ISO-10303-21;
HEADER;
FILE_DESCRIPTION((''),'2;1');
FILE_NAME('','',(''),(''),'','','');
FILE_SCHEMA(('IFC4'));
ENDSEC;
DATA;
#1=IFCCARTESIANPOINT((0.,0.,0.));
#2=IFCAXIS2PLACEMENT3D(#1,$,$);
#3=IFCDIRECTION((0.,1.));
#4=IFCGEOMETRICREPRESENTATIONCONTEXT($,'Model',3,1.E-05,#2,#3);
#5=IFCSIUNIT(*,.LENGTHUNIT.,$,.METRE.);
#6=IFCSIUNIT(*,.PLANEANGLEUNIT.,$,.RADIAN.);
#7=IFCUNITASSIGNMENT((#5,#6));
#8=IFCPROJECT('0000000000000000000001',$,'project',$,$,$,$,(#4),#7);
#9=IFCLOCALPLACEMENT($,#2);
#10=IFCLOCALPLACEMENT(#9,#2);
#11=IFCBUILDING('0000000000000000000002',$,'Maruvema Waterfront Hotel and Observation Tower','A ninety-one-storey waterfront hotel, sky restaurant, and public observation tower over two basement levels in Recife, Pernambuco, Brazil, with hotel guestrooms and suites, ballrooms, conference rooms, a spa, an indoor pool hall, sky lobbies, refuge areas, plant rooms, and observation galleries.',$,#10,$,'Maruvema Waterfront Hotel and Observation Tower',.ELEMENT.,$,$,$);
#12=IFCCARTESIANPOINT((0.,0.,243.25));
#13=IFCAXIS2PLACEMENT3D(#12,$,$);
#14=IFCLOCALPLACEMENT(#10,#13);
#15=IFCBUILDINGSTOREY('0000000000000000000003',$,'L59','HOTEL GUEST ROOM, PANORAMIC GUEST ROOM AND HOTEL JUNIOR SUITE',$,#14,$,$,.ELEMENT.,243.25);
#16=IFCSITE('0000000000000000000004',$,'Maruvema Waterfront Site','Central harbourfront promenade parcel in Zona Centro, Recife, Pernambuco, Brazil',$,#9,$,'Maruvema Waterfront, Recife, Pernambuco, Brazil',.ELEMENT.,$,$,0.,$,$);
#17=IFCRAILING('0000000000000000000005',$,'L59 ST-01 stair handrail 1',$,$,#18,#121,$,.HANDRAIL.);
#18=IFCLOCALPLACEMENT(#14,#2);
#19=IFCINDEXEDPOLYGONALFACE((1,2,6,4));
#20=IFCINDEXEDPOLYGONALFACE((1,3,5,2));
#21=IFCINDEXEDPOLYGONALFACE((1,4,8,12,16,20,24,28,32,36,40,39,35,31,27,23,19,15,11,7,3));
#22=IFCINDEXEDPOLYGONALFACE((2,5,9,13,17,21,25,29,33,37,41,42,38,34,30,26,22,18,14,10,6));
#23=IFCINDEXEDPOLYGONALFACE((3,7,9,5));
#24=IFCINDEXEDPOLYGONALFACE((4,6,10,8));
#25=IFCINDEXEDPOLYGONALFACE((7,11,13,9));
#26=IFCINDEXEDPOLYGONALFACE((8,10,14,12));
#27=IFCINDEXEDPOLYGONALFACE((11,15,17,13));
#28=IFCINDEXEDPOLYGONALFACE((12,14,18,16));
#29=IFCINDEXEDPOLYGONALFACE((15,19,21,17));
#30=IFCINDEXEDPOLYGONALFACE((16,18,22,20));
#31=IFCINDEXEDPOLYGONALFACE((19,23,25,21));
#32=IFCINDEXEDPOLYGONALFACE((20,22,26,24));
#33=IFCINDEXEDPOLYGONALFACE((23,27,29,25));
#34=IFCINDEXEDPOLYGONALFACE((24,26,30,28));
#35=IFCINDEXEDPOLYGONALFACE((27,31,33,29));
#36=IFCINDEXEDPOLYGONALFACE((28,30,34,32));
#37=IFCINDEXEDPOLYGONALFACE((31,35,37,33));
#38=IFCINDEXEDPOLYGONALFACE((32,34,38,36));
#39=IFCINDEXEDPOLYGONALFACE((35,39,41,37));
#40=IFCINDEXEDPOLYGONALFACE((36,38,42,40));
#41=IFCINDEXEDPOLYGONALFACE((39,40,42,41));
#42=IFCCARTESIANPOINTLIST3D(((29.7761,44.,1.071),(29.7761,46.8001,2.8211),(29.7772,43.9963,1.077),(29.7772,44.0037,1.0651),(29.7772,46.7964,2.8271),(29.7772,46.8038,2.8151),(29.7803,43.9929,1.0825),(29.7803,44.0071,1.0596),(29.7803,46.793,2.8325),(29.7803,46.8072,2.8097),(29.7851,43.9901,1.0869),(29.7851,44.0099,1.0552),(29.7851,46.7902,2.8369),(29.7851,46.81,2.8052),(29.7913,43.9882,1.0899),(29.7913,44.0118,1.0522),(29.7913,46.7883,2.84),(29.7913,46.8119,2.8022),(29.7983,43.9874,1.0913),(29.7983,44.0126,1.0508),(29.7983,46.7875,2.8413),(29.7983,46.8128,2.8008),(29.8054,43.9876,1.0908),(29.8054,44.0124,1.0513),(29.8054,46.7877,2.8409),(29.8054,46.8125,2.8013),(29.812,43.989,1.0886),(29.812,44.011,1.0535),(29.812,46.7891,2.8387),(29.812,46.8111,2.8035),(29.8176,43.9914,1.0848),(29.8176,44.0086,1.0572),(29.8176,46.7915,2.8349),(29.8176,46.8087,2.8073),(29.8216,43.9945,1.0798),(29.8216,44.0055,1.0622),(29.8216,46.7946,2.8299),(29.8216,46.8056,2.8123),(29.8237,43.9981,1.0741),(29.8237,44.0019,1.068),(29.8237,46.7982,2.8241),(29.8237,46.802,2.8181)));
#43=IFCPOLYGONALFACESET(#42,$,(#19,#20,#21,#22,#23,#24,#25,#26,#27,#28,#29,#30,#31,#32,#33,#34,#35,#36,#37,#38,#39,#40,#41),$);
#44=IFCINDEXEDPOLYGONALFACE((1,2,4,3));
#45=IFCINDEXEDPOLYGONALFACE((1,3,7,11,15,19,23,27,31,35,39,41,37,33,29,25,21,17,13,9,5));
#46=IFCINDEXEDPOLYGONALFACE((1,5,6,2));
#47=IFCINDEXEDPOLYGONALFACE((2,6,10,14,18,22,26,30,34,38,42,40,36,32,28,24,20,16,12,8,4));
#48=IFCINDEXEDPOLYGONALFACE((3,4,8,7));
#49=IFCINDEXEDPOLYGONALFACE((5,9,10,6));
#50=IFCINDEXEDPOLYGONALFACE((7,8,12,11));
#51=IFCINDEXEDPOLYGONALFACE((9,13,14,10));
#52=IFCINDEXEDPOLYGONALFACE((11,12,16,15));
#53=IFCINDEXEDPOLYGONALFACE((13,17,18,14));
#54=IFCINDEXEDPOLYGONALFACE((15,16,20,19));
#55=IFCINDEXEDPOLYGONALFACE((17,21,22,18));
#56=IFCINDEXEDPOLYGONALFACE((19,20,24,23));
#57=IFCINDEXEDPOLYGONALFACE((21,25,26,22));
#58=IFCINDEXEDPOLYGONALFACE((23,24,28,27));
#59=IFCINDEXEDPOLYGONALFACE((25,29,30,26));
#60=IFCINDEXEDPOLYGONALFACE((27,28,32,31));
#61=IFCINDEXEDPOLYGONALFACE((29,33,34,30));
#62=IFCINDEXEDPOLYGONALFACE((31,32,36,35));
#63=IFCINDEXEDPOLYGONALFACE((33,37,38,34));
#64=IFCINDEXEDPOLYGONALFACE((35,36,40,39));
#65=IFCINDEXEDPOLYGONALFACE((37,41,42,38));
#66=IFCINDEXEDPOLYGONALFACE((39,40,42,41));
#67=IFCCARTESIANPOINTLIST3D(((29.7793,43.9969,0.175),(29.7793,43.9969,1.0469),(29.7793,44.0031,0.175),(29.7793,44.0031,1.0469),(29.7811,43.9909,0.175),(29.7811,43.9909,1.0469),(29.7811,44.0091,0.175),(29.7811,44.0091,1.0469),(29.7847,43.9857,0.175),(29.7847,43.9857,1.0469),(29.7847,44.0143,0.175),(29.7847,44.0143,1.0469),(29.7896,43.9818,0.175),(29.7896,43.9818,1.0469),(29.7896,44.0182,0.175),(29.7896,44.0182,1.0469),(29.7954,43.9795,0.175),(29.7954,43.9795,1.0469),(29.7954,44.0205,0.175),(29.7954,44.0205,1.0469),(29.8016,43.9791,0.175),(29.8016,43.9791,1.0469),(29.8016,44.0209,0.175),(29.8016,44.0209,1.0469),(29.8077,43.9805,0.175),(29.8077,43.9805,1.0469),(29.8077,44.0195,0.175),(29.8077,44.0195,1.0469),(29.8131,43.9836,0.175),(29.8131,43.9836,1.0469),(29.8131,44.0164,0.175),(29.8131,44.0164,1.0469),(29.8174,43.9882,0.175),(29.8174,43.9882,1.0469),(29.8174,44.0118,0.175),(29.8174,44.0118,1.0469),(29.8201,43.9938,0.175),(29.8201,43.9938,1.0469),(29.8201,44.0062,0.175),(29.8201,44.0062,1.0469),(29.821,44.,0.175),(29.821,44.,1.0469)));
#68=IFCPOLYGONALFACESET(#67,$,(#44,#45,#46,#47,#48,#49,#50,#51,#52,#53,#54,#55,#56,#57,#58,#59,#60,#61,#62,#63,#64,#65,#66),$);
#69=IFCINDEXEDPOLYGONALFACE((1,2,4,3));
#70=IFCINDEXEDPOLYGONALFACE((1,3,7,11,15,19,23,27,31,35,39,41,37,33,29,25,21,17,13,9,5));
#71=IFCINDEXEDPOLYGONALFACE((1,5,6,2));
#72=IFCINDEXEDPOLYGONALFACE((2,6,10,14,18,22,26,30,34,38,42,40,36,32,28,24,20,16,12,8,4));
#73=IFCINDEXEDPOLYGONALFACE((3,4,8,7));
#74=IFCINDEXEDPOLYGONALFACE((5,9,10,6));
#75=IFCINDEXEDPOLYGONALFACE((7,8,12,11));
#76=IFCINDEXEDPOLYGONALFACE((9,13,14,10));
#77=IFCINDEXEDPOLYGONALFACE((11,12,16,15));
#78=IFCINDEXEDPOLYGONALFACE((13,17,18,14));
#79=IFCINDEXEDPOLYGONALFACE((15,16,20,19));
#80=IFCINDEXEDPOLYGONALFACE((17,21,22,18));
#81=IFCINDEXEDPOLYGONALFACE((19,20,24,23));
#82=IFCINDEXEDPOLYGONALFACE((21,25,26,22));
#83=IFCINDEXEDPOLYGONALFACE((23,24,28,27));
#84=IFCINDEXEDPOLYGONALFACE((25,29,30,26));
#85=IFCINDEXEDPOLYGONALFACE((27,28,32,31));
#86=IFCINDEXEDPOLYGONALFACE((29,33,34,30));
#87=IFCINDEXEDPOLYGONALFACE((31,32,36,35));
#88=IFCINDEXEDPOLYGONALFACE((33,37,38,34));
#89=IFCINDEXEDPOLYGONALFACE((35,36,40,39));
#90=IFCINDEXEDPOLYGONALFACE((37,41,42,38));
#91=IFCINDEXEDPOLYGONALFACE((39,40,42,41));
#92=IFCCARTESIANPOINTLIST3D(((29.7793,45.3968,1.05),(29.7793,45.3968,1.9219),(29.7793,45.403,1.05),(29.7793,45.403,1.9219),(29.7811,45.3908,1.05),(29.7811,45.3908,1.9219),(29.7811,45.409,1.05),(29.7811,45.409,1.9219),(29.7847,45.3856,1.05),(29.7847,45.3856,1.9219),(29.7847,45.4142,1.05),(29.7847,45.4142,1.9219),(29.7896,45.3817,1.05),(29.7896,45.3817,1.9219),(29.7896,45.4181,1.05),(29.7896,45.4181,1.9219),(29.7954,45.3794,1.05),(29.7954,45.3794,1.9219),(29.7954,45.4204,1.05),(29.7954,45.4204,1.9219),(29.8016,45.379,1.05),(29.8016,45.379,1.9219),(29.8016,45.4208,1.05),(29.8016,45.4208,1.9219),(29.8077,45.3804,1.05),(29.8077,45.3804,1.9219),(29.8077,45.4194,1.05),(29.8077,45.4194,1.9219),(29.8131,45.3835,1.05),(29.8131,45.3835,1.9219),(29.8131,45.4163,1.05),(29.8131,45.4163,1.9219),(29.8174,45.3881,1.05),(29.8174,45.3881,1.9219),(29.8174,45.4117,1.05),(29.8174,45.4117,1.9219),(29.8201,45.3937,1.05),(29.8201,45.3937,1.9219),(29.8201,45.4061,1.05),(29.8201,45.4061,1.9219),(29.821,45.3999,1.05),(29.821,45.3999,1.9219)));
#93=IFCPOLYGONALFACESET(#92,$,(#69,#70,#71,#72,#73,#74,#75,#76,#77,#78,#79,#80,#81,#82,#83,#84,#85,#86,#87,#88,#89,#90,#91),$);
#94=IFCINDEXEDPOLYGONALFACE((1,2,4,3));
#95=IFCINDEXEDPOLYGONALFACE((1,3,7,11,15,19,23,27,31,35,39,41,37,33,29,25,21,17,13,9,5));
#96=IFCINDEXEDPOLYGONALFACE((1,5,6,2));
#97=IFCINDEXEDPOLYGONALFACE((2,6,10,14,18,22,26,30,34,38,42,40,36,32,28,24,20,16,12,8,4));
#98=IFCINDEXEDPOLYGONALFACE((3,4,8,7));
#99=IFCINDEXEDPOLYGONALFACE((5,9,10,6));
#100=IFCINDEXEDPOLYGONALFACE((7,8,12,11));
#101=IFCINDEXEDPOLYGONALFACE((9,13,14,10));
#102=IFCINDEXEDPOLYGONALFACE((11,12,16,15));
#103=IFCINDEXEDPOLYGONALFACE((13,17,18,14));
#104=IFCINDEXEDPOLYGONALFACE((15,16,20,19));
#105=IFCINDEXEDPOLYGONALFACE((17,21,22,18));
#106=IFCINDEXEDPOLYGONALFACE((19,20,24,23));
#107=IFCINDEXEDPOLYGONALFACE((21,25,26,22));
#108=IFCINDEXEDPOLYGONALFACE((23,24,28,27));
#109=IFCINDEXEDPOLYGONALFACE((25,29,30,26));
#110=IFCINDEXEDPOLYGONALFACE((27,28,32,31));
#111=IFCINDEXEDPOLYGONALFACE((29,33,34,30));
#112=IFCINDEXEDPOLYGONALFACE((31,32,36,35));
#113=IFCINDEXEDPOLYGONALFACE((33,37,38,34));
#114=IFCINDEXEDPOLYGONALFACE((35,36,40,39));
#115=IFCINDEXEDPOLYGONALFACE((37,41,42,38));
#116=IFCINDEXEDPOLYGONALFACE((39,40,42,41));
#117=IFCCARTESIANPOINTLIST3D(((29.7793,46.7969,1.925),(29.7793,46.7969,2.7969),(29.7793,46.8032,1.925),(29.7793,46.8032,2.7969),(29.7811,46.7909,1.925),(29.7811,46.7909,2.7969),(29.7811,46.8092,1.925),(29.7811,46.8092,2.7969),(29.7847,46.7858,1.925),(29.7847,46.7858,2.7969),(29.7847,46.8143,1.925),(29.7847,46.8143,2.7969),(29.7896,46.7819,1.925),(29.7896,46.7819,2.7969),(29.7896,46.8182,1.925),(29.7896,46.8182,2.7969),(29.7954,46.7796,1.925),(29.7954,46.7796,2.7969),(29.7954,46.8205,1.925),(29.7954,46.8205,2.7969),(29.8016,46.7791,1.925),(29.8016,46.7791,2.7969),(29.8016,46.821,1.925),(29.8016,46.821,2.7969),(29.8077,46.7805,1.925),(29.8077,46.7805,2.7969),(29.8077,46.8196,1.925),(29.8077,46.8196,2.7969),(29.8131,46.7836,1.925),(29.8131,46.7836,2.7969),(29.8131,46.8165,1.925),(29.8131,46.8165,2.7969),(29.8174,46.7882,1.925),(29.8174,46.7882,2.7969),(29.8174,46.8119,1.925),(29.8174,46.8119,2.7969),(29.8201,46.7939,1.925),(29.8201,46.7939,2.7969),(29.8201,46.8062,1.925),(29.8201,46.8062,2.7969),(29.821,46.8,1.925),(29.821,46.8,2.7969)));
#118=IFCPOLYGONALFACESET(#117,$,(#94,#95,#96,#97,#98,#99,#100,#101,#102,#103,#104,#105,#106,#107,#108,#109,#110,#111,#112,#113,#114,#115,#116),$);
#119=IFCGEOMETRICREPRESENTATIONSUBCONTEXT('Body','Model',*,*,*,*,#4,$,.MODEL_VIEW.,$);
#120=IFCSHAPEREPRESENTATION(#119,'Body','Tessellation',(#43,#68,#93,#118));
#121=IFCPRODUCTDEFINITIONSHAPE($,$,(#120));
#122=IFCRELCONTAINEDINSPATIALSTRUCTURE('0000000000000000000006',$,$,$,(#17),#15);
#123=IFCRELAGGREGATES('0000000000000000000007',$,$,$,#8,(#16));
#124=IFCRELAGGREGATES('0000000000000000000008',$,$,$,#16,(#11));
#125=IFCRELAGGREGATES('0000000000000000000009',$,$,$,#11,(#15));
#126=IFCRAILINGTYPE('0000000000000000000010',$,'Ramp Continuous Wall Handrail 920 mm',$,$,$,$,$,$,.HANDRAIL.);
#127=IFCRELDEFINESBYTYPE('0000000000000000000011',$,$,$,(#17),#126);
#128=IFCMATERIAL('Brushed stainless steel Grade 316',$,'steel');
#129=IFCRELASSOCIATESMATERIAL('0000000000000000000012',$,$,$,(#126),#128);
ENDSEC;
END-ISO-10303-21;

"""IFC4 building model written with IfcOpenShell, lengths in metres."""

from ifc_helpers import new_model, si_unit, direction, frame, origin, origin_2d, place, context, subcontext, project, spatial, circle, extrude, material, type_object, element, save


model = new_model("IFC4")

# Units and contexts
model_context = context("Model", 3, precision=1e-05, world=origin(), true_north=direction((0.0, 1.0)))
body_context = subcontext(model_context, "Body", "Model", "MODEL_VIEW")
ifc_project = project(units=[si_unit("LENGTHUNIT", "METRE"), si_unit("PLANEANGLEUNIT", "RADIAN")], contexts=[model_context])

# Site, building, storey
site_placement = place(None, origin())
site = spatial("IfcSite", under=ifc_project, at=site_placement, Name="Maruvema Waterfront Site", Description="Central harbourfront promenade parcel in Zona Centro, Recife, Pernambuco, Brazil", LongName="Maruvema Waterfront, Recife, Pernambuco, Brazil", CompositionType="ELEMENT", RefElevation=0.0)
building_placement = place(site_placement, origin())
building = spatial("IfcBuilding", under=site, at=building_placement, Name="Maruvema Waterfront Hotel and Observation Tower", Description="A ninety-one-storey waterfront hotel, sky restaurant, and public observation tower over two basement levels in Recife, Pernambuco, Brazil, with hotel guestrooms and suites, ballrooms, conference rooms, a spa, an indoor pool hall, sky lobbies, refuge areas, plant rooms, and observation galleries.", LongName="Maruvema Waterfront Hotel and Observation Tower", CompositionType="ELEMENT")
storey_placement = place(building_placement, frame((0.0, 0.0, 243.25)))
storey = spatial("IfcBuildingStorey", under=building, at=storey_placement, Name="L59", Description="HOTEL GUEST ROOM, PANORAMIC GUEST ROOM AND HOTEL JUNIOR SUITE", CompositionType="ELEMENT", Elevation=243.25)

# Railing
ifc_material_1 = material(Name="Brushed stainless steel Grade 316", Category="steel")
railing_type_1 = type_object("IfcRailingType", Name="Ramp Continuous Wall Handrail 920 mm", PredefinedType="HANDRAIL", material=ifc_material_1)
railing_1_placement = place(storey_placement, frame((29.8, 44.0, 0.175)))
element("IfcRailing", 1, at=railing_1_placement, inside=storey, type_object=railing_type_1, Name="L59 ST-01 stair handrail 1", PredefinedType="HANDRAIL", context=body_context, shape_type="SweptSolid", body=[
    extrude(circle(Radius=0.0239, at=origin_2d()), frame((0.0, 0.0, 0.896), z_axis=(0.0, 0.848002, 0.529992), x_axis=(-1.0, 0.0, 0.0)), (0.0, 0.0, 1.0), 3.302),
    extrude(circle(Radius=0.021, at=origin_2d()), origin(), (0.0, 0.0, 1.0), 0.8718),
    extrude(circle(Radius=0.021, at=origin_2d()), frame((0.0, 1.3999, 0.875)), (0.0, 0.0, 1.0), 0.8718),
    extrude(circle(Radius=0.021, at=origin_2d()), frame((0.0, 2.8, 1.75)), (0.0, 0.0, 1.0), 0.8718),
])

save(model, "model.ifc")
